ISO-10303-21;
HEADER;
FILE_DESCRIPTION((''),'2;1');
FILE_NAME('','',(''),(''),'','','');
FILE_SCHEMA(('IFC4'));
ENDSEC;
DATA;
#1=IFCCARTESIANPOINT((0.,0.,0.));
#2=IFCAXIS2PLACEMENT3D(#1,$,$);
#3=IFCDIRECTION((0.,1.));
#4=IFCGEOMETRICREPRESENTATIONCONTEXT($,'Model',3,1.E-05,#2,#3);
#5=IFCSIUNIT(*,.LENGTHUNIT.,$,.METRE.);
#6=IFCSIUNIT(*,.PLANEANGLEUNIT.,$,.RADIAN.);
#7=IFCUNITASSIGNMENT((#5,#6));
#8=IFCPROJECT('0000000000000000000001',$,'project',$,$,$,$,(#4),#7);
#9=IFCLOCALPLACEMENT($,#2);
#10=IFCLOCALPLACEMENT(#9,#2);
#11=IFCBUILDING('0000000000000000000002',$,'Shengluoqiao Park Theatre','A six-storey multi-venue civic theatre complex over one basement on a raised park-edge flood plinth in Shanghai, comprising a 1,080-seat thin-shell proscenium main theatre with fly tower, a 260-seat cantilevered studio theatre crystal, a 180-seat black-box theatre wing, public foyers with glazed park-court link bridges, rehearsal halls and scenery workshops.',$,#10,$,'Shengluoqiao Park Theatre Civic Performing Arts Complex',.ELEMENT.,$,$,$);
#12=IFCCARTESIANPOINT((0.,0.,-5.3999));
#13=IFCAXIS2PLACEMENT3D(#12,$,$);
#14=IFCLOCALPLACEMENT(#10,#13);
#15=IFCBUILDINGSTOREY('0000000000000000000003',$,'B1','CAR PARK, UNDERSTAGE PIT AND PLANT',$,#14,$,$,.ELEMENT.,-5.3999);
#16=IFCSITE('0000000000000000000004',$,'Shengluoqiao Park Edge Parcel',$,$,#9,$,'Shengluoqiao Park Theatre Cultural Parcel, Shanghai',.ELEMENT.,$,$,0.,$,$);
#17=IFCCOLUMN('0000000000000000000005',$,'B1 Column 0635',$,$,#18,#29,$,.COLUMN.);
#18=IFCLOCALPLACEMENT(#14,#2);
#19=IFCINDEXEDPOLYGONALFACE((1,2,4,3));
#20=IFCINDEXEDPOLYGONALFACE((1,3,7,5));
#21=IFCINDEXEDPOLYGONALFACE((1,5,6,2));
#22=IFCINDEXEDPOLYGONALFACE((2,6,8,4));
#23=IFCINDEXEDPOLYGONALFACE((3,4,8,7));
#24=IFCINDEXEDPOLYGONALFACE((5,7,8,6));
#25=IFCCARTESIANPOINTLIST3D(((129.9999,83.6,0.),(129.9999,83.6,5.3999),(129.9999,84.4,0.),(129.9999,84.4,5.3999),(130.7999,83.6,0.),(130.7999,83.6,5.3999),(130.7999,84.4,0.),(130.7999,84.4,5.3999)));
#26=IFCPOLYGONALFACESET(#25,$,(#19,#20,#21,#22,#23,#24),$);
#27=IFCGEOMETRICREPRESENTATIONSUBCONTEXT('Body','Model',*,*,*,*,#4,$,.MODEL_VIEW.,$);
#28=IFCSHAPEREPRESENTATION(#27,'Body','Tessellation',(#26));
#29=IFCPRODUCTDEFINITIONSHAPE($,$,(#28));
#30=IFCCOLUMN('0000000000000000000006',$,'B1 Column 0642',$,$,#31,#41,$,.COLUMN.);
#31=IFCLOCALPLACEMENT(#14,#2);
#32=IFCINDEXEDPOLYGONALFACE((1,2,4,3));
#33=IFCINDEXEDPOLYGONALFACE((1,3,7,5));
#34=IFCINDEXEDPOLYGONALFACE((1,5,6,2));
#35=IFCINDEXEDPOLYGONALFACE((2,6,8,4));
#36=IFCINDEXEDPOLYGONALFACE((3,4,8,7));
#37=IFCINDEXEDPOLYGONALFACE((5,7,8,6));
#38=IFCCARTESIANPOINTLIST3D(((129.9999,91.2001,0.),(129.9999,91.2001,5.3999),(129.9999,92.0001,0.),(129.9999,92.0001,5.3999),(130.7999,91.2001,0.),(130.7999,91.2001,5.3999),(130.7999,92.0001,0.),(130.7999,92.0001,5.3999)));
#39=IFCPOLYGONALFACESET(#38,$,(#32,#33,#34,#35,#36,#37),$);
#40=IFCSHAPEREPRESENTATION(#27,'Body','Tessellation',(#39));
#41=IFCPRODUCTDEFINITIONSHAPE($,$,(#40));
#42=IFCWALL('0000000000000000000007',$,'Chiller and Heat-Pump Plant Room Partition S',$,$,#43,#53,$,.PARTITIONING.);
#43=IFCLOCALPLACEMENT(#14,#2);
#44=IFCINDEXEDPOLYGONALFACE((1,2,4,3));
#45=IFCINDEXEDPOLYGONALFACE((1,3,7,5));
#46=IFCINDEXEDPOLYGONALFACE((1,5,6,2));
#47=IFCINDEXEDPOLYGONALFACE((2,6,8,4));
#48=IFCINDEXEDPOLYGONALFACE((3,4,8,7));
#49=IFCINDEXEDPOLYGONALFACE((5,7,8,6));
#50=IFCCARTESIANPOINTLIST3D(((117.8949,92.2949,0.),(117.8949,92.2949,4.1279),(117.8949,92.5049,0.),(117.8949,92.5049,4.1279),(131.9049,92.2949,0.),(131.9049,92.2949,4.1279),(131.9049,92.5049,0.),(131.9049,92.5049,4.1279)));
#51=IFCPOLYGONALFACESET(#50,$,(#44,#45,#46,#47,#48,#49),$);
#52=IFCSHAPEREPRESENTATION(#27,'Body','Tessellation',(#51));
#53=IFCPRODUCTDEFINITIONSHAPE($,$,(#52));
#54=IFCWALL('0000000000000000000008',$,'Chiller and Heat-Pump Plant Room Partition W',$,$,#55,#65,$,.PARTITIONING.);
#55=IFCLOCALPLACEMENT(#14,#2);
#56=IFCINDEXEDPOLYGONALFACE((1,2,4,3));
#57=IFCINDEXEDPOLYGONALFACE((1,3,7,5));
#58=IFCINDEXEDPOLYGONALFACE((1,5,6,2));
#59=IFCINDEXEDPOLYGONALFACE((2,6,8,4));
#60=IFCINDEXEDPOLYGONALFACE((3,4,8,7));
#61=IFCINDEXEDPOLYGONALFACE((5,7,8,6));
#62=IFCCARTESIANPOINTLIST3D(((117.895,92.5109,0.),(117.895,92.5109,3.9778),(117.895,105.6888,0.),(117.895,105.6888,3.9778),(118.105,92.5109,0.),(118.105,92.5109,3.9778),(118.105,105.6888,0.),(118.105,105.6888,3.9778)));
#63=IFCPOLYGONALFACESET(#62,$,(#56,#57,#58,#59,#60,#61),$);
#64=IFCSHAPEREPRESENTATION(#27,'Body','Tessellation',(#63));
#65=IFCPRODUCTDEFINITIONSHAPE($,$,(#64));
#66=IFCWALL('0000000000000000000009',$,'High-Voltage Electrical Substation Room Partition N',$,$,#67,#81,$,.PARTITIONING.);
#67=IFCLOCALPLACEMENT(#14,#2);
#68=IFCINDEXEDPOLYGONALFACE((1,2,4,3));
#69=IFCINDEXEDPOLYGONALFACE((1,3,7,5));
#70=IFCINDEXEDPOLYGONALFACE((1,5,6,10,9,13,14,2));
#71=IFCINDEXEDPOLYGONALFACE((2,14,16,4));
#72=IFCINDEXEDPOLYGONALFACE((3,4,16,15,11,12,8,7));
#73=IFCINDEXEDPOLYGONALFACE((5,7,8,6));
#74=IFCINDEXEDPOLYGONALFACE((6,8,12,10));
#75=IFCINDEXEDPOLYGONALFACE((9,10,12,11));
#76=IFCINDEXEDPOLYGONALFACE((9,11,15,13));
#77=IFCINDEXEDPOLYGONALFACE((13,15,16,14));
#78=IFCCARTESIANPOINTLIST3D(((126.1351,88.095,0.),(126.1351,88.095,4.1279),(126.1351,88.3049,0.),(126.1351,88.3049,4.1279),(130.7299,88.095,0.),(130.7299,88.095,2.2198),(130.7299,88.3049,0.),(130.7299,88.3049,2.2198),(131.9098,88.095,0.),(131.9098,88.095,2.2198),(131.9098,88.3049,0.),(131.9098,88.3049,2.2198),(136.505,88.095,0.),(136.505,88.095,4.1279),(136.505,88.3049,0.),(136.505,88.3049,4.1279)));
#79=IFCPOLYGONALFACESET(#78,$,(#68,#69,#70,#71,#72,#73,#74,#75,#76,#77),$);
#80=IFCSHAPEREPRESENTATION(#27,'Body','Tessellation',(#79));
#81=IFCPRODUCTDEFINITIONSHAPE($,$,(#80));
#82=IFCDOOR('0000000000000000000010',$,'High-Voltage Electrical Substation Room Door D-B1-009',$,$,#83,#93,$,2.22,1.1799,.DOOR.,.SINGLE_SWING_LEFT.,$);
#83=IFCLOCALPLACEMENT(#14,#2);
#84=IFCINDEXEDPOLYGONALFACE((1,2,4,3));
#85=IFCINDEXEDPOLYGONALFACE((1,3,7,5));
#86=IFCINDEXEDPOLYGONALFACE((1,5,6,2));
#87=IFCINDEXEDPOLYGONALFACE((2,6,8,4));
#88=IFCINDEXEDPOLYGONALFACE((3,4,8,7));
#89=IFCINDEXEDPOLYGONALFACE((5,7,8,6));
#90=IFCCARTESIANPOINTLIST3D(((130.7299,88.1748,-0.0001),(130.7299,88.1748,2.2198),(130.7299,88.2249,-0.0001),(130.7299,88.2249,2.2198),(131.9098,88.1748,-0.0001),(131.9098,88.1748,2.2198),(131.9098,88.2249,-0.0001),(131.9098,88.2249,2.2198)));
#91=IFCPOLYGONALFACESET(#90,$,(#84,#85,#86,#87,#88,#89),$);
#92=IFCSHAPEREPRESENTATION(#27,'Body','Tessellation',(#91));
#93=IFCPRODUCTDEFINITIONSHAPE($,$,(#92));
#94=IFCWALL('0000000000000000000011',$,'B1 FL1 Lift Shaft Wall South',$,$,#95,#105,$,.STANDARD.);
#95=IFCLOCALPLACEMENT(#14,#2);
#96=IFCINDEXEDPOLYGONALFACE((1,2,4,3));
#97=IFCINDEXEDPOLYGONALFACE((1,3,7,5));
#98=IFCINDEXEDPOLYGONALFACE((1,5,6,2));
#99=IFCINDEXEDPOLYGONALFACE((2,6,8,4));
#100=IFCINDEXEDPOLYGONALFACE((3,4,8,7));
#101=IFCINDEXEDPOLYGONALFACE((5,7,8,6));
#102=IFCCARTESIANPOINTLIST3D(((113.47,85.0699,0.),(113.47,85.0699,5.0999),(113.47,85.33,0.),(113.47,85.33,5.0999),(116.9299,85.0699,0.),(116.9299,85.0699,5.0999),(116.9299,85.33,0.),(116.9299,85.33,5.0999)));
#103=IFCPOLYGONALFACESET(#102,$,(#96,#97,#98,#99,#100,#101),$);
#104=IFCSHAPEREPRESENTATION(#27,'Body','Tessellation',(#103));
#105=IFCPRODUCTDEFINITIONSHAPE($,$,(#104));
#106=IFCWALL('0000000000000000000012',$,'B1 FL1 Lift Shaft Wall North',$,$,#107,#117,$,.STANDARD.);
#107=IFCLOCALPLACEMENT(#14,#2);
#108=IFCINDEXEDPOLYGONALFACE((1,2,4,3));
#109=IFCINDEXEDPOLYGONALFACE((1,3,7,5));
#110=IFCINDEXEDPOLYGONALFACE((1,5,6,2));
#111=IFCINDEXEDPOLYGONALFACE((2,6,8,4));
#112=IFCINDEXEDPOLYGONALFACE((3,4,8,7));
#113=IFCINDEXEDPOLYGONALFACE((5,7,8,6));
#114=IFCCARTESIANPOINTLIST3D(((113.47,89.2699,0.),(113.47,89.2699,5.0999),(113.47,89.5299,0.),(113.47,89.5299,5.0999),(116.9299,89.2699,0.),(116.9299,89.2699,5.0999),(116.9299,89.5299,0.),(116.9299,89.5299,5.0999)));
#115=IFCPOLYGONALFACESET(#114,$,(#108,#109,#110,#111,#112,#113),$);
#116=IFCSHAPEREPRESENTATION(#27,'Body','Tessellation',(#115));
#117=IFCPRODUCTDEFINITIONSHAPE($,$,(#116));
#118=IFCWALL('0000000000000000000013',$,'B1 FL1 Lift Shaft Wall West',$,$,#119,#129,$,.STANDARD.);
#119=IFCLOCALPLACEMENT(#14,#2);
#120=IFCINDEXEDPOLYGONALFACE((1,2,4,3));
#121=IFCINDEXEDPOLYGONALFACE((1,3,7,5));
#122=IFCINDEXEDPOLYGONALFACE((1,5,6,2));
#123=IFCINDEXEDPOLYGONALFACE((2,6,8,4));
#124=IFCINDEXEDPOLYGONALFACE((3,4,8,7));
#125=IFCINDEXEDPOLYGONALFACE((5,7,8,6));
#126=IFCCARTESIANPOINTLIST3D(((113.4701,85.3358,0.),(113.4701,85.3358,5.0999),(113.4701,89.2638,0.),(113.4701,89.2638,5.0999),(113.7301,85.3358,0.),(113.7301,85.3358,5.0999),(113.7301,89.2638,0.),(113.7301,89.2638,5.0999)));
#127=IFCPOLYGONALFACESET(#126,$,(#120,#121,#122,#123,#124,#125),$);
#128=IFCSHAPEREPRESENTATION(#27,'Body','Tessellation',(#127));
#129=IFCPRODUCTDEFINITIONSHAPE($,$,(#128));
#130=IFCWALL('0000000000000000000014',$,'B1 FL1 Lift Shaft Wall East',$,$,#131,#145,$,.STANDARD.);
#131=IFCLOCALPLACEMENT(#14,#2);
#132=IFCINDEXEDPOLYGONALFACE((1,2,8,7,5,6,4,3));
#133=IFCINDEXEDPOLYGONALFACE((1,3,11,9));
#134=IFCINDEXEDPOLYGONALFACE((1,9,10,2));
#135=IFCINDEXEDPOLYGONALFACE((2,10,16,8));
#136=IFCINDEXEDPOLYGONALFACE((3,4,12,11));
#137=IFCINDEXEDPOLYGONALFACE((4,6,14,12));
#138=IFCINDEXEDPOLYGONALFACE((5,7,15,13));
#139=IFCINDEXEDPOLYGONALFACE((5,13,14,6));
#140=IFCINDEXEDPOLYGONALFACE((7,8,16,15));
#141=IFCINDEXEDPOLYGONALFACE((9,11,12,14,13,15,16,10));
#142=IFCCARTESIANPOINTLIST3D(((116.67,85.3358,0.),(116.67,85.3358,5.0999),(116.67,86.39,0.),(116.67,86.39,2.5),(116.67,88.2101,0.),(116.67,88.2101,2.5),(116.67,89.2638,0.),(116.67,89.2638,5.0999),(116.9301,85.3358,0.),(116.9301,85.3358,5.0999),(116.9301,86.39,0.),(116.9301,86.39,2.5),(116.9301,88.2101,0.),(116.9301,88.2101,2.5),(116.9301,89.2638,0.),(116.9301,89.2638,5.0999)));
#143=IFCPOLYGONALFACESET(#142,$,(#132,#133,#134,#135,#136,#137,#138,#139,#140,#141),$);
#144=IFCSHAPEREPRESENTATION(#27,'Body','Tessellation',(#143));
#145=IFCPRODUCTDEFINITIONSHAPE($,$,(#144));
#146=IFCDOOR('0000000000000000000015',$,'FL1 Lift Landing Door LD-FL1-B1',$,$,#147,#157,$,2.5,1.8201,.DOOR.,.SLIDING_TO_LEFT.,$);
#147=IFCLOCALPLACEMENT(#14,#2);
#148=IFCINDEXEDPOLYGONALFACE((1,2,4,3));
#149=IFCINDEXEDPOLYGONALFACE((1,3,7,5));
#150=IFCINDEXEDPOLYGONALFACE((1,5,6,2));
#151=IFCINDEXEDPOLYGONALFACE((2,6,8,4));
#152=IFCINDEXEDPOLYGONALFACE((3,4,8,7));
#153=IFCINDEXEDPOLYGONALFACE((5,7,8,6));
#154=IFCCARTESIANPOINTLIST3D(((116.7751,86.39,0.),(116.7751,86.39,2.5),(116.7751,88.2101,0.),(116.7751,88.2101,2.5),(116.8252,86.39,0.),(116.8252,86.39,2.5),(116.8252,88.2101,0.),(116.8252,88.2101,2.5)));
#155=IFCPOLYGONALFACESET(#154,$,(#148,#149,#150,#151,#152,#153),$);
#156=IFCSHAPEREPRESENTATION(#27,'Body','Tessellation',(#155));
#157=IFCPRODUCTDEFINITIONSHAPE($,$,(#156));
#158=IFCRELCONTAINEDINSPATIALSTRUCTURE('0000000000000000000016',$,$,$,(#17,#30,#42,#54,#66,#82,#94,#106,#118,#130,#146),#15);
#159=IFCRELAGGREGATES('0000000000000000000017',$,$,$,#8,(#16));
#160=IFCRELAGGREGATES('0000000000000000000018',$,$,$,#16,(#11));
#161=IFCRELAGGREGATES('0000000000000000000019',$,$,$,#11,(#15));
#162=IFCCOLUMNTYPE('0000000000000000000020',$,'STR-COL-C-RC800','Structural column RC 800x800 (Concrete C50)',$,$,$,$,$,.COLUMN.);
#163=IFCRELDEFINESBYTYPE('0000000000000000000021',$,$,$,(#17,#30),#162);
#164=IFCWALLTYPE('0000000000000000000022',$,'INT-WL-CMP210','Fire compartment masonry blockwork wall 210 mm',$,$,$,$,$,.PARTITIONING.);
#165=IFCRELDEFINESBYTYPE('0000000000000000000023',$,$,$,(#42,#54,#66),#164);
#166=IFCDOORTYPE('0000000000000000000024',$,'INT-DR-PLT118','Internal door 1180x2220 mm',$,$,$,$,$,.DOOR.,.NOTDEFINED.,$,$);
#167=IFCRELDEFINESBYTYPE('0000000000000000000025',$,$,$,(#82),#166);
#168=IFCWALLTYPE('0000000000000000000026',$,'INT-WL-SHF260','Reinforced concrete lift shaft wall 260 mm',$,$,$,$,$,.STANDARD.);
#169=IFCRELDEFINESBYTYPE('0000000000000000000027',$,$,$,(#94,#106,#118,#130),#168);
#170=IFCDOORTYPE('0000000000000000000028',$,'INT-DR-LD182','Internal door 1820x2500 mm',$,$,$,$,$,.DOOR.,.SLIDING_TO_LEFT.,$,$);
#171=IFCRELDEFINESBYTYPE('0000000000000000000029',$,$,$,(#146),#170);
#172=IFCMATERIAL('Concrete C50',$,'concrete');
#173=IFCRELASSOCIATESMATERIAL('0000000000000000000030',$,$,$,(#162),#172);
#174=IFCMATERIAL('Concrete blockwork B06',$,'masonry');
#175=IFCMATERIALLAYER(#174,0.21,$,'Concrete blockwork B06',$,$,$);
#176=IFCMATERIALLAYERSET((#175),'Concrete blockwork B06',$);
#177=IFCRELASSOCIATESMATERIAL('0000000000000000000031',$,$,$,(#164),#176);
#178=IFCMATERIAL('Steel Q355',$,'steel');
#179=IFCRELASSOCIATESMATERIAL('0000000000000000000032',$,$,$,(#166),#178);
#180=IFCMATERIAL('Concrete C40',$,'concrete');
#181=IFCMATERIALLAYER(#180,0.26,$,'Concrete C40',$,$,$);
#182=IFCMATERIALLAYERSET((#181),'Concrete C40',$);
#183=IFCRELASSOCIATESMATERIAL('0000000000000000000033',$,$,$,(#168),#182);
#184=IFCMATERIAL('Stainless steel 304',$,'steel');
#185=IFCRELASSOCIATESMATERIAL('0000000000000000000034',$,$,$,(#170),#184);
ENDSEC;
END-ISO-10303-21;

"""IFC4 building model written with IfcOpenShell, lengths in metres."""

from ifc_helpers import new_model, si_unit, direction, frame, frame_2d, origin, origin_2d, place, context, subcontext, project, spatial, rectangle, extrude, material, layer, layer_set, material_profile, profile_set, type_object, element, fill, save


model = new_model("IFC4")

# Units and contexts
model_context = context("Model", 3, precision=1e-05, world=origin(), true_north=direction((0.0, 1.0)))
body_context = subcontext(model_context, "Body", "Model", "MODEL_VIEW")
ifc_project = project(units=[si_unit("LENGTHUNIT", "METRE"), si_unit("PLANEANGLEUNIT", "RADIAN")], contexts=[model_context])

# Site, building, storey
site_placement = place(None, origin())
site = spatial("IfcSite", under=ifc_project, at=site_placement, Name="Shengluoqiao Park Edge Parcel", LongName="Shengluoqiao Park Theatre Cultural Parcel, Shanghai", CompositionType="ELEMENT", RefElevation=0.0)
building_placement = place(site_placement, origin())
building = spatial("IfcBuilding", under=site, at=building_placement, Name="Shengluoqiao Park Theatre", Description="A six-storey multi-venue civic theatre complex over one basement on a raised park-edge flood plinth in Shanghai, comprising a 1,080-seat thin-shell proscenium main theatre with fly tower, a 260-seat cantilevered studio theatre crystal, a 180-seat black-box theatre wing, public foyers with glazed park-court link bridges, rehearsal halls and scenery workshops.", LongName="Shengluoqiao Park Theatre Civic Performing Arts Complex", CompositionType="ELEMENT")
storey_placement = place(building_placement, frame((0.0, 0.0, -5.3999)))
storey = spatial("IfcBuildingStorey", under=building, at=storey_placement, Name="B1", Description="CAR PARK, UNDERSTAGE PIT AND PLANT", CompositionType="ELEMENT", Elevation=-5.3999)

# Shared definitions
ifc_material_1 = material(Name="Concrete C40", Category="concrete")

# Columns
ifc_material_2 = material(Name="Concrete C50", Category="concrete")
ifc_material_profile_1 = material_profile(ifc_material_2, rectangle(XDim=0.8, YDim=0.8, at=origin_2d()), Name="RC 800x800")
ifc_profile_set_1 = profile_set([ifc_material_profile_1], Name="Concrete C50")
column_type = type_object("IfcColumnType", Name="STR-COL-C-RC800", Description="Structural column RC 800x800 (Concrete C50)", PredefinedType="COLUMN", material=ifc_profile_set_1)
for number, where, z_axis, x_axis, name in (
    (1, (130.3999, 84.0, 0.0), (0.0, 0.0, 1.0), (1.0, 0.0, 0.0), "B1 Column 0635"),
    (2, (130.3999, 91.6001, 0.0), (0.0, 0.0, 1.0), (1.0, 0.0, 0.0), "B1 Column 0642"),
):
    element("IfcColumn", number, at=place(storey_placement, frame(where, z_axis=z_axis, x_axis=x_axis)), inside=storey, type_object=column_type, Name=name, PredefinedType="COLUMN", context=body_context, shape_type="SweptSolid", body=[
        extrude(rectangle(XDim=0.8, YDim=0.8, at=origin_2d()), origin(), (0.0, 0.0, 1.0), 5.3999),
    ])

# Walls
ifc_material_3 = material(Name="Concrete blockwork B06", Category="masonry")
ifc_layer_1 = layer(ifc_material_3, 0.21, Name="Concrete blockwork B06")
ifc_layer_set_1 = layer_set([ifc_layer_1], Name="Concrete blockwork B06")
wall_type_1 = type_object("IfcWallType", Name="INT-WL-CMP210", Description="Fire compartment masonry blockwork wall 210 mm", PredefinedType="PARTITIONING", material=ifc_layer_set_1)
wall_1_placement = place(storey_placement, frame((117.895, 92.3999, 0.0), z_axis=(0.0, 0.0, 1.0), x_axis=(1.0, 0.0, 0.0)))
element("IfcWall", 3, at=wall_1_placement, inside=storey, type_object=wall_type_1, Name="Chiller and Heat-Pump Plant Room Partition S", PredefinedType="PARTITIONING", context=body_context, shape_type="SweptSolid", body=[
    extrude(rectangle(XDim=14.01, YDim=0.21, at=frame_2d((7.0049, 0.0))), origin(), (0.0, 0.0, 1.0), 4.1279),
])
wall_2_placement = place(storey_placement, frame((118.0, 92.511, 0.0), z_axis=(0.0, 0.0, 1.0), x_axis=(0.0, 1.0, 0.0)))
element("IfcWall", 4, at=wall_2_placement, inside=storey, type_object=wall_type_1, Name="Chiller and Heat-Pump Plant Room Partition W", PredefinedType="PARTITIONING", context=body_context, shape_type="SweptSolid", body=[
    extrude(rectangle(XDim=13.178, YDim=0.21, at=frame_2d((6.5889, 0.0))), origin(), (0.0, 0.0, 1.0), 3.9778),
])

# Wall, opening, door
wall_3_placement = place(storey_placement, frame((126.135, 88.2, 0.0), z_axis=(0.0, 0.0, 1.0), x_axis=(1.0, 0.0, 0.0)))
wall_3 = element("IfcWall", 5, at=wall_3_placement, inside=storey, type_object=wall_type_1, Name="High-Voltage Electrical Substation Room Partition N", PredefinedType="PARTITIONING", context=body_context, shape_type="SweptSolid", body=[
    extrude(rectangle(XDim=10.3699, YDim=0.21, at=frame_2d((5.1851, 0.0))), origin(), (0.0, 0.0, 1.0), 4.1279),
])
opening_1_placement = place(wall_3_placement, frame((4.595, 0.0, 0.0)))
opening_1 = element("IfcOpeningElement", 6, at=opening_1_placement, cuts=wall_3, PredefinedType="OPENING", context=body_context, shape_type="SweptSolid", body=[
    extrude(rectangle(XDim=1.1799, YDim=2.22, at=frame_2d((0.5898, 1.1099))), frame((0.0, 0.115, 0.0), z_axis=(0.0, -1.0, 0.0), x_axis=(1.0, 0.0, 0.0)), (0.0, 0.0, 1.0), 0.23),
])
ifc_material_4 = material(Name="Steel Q355", Category="steel")
door_type_1 = type_object("IfcDoorType", Name="INT-DR-PLT118", Description="Internal door 1180x2220 mm", OperationType="NOTDEFINED", PredefinedType="DOOR", material=ifc_material_4)
door_1_placement = place(opening_1_placement, origin())
door_1 = element("IfcDoor", 7, at=door_1_placement, inside=storey, type_object=door_type_1, Name="High-Voltage Electrical Substation Room Door D-B1-009", OperationType="SINGLE_SWING_LEFT", OverallHeight=2.22, OverallWidth=1.1799, PredefinedType="DOOR", context=body_context, shape_type="SweptSolid", body=[
    extrude(rectangle(XDim=1.1799, YDim=2.22, at=frame_2d((0.5898, 1.1099))), frame((0.0, 0.0249, 0.0), z_axis=(0.0, -1.0, 0.0), x_axis=(1.0, 0.0, 0.0)), (0.0, 0.0, 1.0), 0.05),
])
fill(opening_1, door_1)

# Walls
ifc_layer_2 = layer(ifc_material_1, 0.26, Name="Concrete C40")
ifc_layer_set_2 = layer_set([ifc_layer_2], Name="Concrete C40")
wall_type_2 = type_object("IfcWallType", Name="INT-WL-SHF260", Description="Reinforced concrete lift shaft wall 260 mm", PredefinedType="STANDARD", material=ifc_layer_set_2)
for number, where, z_axis, x_axis, name in (
    (8, (113.47, 85.2, 0.0), (0.0, 0.0, 1.0), (1.0, 0.0, 0.0), "B1 FL1 Lift Shaft Wall South"),
    (9, (113.47, 89.3999, 0.0), (0.0, 0.0, 1.0), (1.0, 0.0, 0.0), "B1 FL1 Lift Shaft Wall North"),
):
    element("IfcWall", number, at=place(storey_placement, frame(where, z_axis=z_axis, x_axis=x_axis)), inside=storey, type_object=wall_type_2, Name=name, PredefinedType="STANDARD", context=body_context, shape_type="SweptSolid", body=[
        extrude(rectangle(XDim=3.46, YDim=0.26, at=frame_2d((1.73, 0.0))), origin(), (0.0, 0.0, 1.0), 5.0999),
    ])
wall_4_placement = place(storey_placement, frame((113.6001, 85.3359, 0.0), z_axis=(0.0, 0.0, 1.0), x_axis=(0.0, 1.0, 0.0)))
element("IfcWall", 10, at=wall_4_placement, inside=storey, type_object=wall_type_2, Name="B1 FL1 Lift Shaft Wall West", PredefinedType="STANDARD", context=body_context, shape_type="SweptSolid", body=[
    extrude(rectangle(XDim=3.928, YDim=0.26, at=frame_2d((1.9639, 0.0))), origin(), (0.0, 0.0, 1.0), 5.0999),
])

# Wall, opening, door
wall_5_placement = place(storey_placement, frame((116.8, 85.3359, 0.0), z_axis=(0.0, 0.0, 1.0), x_axis=(0.0, 1.0, 0.0)))
wall_5 = element("IfcWall", 11, at=wall_5_placement, inside=storey, type_object=wall_type_2, Name="B1 FL1 Lift Shaft Wall East", PredefinedType="STANDARD", context=body_context, shape_type="SweptSolid", body=[
    extrude(rectangle(XDim=3.928, YDim=0.26, at=frame_2d((1.9639, 0.0))), origin(), (0.0, 0.0, 1.0), 5.0999),
])
opening_2_placement = place(wall_5_placement, frame((1.054, 0.0, 0.0)))
opening_2 = element("IfcOpeningElement", 12, at=opening_2_placement, cuts=wall_5, PredefinedType="OPENING", context=body_context, shape_type="SweptSolid", body=[
    extrude(rectangle(XDim=1.8201, YDim=2.5, at=frame_2d((0.9102, 1.25))), frame((0.0, 0.1399, 0.0), z_axis=(0.0, -1.0, 0.0), x_axis=(1.0, 0.0, 0.0)), (0.0, 0.0, 1.0), 0.28),
])
ifc_material_5 = material(Name="Stainless steel 304", Category="steel")
door_type_2 = type_object("IfcDoorType", Name="INT-DR-LD182", Description="Internal door 1820x2500 mm", OperationType="SLIDING_TO_LEFT", PredefinedType="DOOR", material=ifc_material_5)
door_2_placement = place(opening_2_placement, origin())
door_2 = element("IfcDoor", 13, at=door_2_placement, inside=storey, type_object=door_type_2, Name="FL1 Lift Landing Door LD-FL1-B1", OperationType="SLIDING_TO_LEFT", OverallHeight=2.5, OverallWidth=1.8201, PredefinedType="DOOR", context=body_context, shape_type="SweptSolid", body=[
    extrude(rectangle(XDim=1.8201, YDim=2.5, at=frame_2d((0.9102, 1.25))), frame((0.0, 0.0249, 0.0), z_axis=(0.0, -1.0, 0.0), x_axis=(1.0, 0.0, 0.0)), (0.0, 0.0, 1.0), 0.05),
])
fill(opening_2, door_2)

save(model, "model.ifc")
